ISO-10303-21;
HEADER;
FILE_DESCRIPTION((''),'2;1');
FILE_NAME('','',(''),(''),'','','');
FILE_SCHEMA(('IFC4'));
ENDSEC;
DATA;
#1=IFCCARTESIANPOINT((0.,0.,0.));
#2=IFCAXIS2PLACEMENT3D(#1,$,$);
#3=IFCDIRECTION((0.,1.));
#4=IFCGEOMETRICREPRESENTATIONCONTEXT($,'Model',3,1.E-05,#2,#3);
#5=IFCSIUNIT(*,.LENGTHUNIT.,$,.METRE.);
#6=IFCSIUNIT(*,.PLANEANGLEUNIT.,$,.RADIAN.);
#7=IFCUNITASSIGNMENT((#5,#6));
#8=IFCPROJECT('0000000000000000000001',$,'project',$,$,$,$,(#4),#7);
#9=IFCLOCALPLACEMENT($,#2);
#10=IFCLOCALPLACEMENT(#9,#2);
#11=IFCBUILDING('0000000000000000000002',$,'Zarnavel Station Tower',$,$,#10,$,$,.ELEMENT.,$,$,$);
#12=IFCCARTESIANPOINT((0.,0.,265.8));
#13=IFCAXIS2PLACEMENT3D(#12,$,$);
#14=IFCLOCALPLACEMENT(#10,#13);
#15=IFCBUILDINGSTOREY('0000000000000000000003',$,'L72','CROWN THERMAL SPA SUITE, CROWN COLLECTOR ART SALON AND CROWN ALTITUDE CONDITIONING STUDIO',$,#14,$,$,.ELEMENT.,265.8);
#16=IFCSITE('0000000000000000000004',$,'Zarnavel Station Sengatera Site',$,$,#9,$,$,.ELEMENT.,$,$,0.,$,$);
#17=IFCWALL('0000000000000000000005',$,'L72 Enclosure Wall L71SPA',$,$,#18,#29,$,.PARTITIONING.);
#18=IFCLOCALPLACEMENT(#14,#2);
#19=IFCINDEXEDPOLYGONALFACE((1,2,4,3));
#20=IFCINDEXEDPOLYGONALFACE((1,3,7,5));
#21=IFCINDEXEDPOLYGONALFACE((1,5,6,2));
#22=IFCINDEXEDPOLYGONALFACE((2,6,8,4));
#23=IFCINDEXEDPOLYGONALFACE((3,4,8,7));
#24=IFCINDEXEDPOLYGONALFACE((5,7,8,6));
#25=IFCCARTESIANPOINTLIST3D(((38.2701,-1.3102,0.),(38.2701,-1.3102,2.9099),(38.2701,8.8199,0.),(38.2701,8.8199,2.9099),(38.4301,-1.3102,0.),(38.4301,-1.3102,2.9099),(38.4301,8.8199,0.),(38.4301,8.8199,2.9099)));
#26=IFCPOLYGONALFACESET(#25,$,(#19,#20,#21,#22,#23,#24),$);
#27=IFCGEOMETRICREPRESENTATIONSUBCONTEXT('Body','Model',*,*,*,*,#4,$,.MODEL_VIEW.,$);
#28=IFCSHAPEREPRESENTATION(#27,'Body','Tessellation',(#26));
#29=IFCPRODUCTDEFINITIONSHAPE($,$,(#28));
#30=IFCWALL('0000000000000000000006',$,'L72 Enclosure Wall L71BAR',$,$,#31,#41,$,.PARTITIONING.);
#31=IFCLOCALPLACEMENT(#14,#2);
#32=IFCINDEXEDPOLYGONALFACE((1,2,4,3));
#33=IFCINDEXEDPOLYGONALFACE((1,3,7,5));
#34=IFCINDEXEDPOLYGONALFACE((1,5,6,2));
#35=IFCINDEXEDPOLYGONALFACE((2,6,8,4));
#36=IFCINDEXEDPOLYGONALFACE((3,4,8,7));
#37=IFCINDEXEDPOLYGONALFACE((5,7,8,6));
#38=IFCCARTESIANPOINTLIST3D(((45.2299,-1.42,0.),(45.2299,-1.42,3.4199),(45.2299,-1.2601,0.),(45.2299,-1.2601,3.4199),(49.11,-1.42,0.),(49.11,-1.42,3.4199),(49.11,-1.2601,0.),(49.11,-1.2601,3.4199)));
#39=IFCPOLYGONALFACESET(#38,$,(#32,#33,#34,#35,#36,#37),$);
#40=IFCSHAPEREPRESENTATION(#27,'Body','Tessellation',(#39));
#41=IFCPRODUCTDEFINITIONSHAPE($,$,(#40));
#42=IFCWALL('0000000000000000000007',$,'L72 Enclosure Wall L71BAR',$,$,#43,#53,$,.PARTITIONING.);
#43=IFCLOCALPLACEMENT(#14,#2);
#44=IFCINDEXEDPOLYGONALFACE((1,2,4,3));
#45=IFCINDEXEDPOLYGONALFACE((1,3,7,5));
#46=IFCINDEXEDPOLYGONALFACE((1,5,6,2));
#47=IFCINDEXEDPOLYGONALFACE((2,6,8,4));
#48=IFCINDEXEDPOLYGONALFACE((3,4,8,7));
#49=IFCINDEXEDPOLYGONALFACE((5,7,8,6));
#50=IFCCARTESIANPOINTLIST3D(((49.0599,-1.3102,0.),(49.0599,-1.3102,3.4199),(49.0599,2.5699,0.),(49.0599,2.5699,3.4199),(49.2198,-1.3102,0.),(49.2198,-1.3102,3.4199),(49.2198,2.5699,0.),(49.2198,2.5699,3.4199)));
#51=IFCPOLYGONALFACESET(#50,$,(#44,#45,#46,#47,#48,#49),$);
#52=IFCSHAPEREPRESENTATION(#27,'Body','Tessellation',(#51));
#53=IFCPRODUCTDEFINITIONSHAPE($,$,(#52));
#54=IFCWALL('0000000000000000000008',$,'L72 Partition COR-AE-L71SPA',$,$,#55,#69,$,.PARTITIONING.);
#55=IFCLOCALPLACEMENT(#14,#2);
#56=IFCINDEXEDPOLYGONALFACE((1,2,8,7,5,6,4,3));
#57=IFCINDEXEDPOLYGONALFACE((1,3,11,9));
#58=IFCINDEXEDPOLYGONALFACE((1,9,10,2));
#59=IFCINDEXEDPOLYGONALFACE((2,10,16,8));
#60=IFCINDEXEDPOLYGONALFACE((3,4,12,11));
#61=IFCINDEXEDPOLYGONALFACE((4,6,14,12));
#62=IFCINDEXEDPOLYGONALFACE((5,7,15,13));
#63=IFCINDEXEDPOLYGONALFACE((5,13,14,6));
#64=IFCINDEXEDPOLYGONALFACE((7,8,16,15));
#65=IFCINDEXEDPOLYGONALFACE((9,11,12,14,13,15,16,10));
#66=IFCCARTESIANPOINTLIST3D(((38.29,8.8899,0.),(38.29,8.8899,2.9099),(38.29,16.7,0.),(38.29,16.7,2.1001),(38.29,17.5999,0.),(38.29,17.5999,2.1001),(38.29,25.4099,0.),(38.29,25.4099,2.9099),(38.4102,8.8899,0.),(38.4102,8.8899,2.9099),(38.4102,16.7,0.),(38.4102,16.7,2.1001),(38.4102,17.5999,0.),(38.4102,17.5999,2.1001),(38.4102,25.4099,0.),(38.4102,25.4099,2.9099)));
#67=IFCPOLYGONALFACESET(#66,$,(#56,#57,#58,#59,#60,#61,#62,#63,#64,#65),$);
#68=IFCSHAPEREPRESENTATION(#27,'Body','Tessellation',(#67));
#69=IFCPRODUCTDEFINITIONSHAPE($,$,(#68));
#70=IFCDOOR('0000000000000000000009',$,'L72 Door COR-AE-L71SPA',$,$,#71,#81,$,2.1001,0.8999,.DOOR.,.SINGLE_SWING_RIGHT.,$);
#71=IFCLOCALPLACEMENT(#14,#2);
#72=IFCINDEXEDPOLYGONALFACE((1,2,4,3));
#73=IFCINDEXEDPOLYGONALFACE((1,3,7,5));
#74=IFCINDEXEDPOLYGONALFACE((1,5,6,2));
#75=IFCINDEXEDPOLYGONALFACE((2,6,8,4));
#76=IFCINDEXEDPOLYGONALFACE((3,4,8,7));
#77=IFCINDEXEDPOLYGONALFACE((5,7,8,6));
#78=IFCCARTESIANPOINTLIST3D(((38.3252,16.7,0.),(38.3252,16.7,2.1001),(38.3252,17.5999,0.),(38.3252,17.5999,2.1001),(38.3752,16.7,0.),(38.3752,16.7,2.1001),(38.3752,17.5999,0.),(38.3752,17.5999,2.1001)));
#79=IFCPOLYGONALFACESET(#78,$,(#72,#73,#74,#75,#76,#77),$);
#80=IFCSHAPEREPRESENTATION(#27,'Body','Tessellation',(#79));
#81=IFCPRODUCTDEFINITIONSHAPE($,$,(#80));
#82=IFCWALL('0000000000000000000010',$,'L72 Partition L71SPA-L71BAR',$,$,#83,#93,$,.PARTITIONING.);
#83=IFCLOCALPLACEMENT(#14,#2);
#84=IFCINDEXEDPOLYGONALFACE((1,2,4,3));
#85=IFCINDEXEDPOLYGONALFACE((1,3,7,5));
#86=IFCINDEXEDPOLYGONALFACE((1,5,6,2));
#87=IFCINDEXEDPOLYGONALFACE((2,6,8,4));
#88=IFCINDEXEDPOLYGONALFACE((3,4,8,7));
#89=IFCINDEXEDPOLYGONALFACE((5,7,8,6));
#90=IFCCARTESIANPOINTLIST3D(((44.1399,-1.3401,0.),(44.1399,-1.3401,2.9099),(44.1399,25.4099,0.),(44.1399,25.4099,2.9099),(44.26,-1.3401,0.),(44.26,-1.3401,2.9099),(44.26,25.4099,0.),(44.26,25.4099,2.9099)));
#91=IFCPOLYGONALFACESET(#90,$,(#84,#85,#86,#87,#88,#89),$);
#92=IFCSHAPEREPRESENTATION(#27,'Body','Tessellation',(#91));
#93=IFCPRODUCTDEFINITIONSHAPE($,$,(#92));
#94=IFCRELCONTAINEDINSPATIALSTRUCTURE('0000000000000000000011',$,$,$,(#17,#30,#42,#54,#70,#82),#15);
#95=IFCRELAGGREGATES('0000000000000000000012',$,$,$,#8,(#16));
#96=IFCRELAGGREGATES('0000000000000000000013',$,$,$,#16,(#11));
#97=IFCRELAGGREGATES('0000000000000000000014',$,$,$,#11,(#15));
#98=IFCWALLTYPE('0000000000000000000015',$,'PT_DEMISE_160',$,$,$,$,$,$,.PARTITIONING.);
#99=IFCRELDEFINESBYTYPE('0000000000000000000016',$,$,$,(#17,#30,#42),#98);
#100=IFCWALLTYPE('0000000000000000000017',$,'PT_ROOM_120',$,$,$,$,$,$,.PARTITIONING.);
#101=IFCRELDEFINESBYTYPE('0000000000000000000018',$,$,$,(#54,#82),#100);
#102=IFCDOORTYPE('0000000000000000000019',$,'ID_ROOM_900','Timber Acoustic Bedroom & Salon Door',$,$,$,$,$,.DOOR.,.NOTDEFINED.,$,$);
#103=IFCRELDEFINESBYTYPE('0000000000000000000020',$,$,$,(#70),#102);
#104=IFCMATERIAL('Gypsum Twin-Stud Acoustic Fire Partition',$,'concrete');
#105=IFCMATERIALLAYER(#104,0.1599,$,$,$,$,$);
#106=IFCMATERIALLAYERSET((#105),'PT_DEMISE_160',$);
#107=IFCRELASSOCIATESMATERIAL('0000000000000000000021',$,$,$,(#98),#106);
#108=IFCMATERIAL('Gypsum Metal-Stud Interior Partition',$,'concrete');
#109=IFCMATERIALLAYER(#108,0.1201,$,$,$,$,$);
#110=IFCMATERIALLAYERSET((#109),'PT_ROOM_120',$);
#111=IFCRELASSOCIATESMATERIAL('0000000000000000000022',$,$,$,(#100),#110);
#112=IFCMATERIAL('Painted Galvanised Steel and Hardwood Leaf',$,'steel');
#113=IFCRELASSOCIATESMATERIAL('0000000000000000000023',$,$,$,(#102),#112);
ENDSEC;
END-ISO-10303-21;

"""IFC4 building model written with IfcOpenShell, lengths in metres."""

from ifc_helpers import new_model, si_unit, direction, frame, frame_2d, origin, place, context, subcontext, project, spatial, rectangle, extrude, material, layer, layer_set, type_object, element, fill, save


model = new_model("IFC4")

# Units and contexts
model_context = context("Model", 3, precision=1e-05, world=origin(), true_north=direction((0.0, 1.0)))
body_context = subcontext(model_context, "Body", "Model", "MODEL_VIEW")
ifc_project = project(units=[si_unit("LENGTHUNIT", "METRE"), si_unit("PLANEANGLEUNIT", "RADIAN")], contexts=[model_context])

# Site, building, storey
site_placement = place(None, origin())
site = spatial("IfcSite", under=ifc_project, at=site_placement, Name="Zarnavel Station Sengatera Site", CompositionType="ELEMENT", RefElevation=0.0)
building_placement = place(site_placement, origin())
building = spatial("IfcBuilding", under=site, at=building_placement, Name="Zarnavel Station Tower", CompositionType="ELEMENT")
storey_placement = place(building_placement, frame((0.0, 0.0, 265.8)))
storey = spatial("IfcBuildingStorey", under=building, at=storey_placement, Name="L72", Description="CROWN THERMAL SPA SUITE, CROWN COLLECTOR ART SALON AND CROWN ALTITUDE CONDITIONING STUDIO", CompositionType="ELEMENT", Elevation=265.8)

# Walls
ifc_material_1 = material(Name="Gypsum Twin-Stud Acoustic Fire Partition", Category="concrete")
ifc_layer_1 = layer(ifc_material_1, 0.1599)
ifc_layer_set_1 = layer_set([ifc_layer_1], Name="PT_DEMISE_160")
wall_type_1 = type_object("IfcWallType", Name="PT_DEMISE_160", PredefinedType="PARTITIONING", material=ifc_layer_set_1)
wall_1_placement = place(storey_placement, frame((38.3501, -1.3101, 0.0), z_axis=(0.0, 0.0, 1.0), x_axis=(0.0, 1.0, 0.0)))
element("IfcWall", 1, at=wall_1_placement, inside=storey, type_object=wall_type_1, Name="L72 Enclosure Wall L71SPA", PredefinedType="PARTITIONING", context=body_context, shape_type="SweptSolid", body=[
    extrude(rectangle(XDim=10.1301, YDim=0.1599, at=frame_2d((5.0649, 0.0))), origin(), (0.0, 0.0, 1.0), 2.9099),
])
for number, where, z_axis, x_axis, name in (
    (2, (45.23, -1.3401, 0.0), (0.0, 0.0, 1.0), (1.0, 0.0, 0.0), "L72 Enclosure Wall L71BAR"),
    (3, (49.1399, -1.3101, 0.0), (0.0, 0.0, 1.0), (0.0, 1.0, 0.0), "L72 Enclosure Wall L71BAR"),
):
    element("IfcWall", number, at=place(storey_placement, frame(where, z_axis=z_axis, x_axis=x_axis)), inside=storey, type_object=wall_type_1, Name=name, PredefinedType="PARTITIONING", context=body_context, shape_type="SweptSolid", body=[
        extrude(rectangle(XDim=3.8801, YDim=0.1599, at=frame_2d((1.9399, 0.0))), origin(), (0.0, 0.0, 1.0), 3.4199),
    ])

# Wall, opening, door
ifc_material_2 = material(Name="Gypsum Metal-Stud Interior Partition", Category="concrete")
ifc_layer_2 = layer(ifc_material_2, 0.1201)
ifc_layer_set_2 = layer_set([ifc_layer_2], Name="PT_ROOM_120")
wall_type_2 = type_object("IfcWallType", Name="PT_ROOM_120", PredefinedType="PARTITIONING", material=ifc_layer_set_2)
wall_2_placement = place(storey_placement, frame((38.3501, 8.8899, 0.0), z_axis=(0.0, 0.0, 1.0), x_axis=(0.0, 1.0, 0.0)))
wall_2 = element("IfcWall", 4, at=wall_2_placement, inside=storey, type_object=wall_type_2, Name="L72 Partition COR-AE-L71SPA", PredefinedType="PARTITIONING", context=body_context, shape_type="SweptSolid", body=[
    extrude(rectangle(XDim=16.52, YDim=0.1201, at=frame_2d((8.26, 0.0))), origin(), (0.0, 0.0, 1.0), 2.9099),
])
opening_1_placement = place(wall_2_placement, frame((7.8101, 0.0, 0.0)))
opening_1 = element("IfcOpeningElement", 5, at=opening_1_placement, cuts=wall_2, PredefinedType="OPENING", context=body_context, shape_type="SweptSolid", body=[
    extrude(rectangle(XDim=0.8999, YDim=2.1001, at=frame_2d((0.45, 1.05))), frame((0.0, 0.0701, 0.0), z_axis=(0.0, -1.0, 0.0), x_axis=(1.0, 0.0, 0.0)), (0.0, 0.0, 1.0), 0.1401),
])
ifc_material_3 = material(Name="Painted Galvanised Steel and Hardwood Leaf", Category="steel")
door_type = type_object("IfcDoorType", Name="ID_ROOM_900", Description="Timber Acoustic Bedroom & Salon Door", OperationType="NOTDEFINED", PredefinedType="DOOR", material=ifc_material_3)
door_placement = place(opening_1_placement, origin())
door = element("IfcDoor", 6, at=door_placement, inside=storey, type_object=door_type, Name="L72 Door COR-AE-L71SPA", OperationType="SINGLE_SWING_RIGHT", OverallHeight=2.1001, OverallWidth=0.8999, PredefinedType="DOOR", context=body_context, shape_type="SweptSolid", body=[
    extrude(rectangle(XDim=0.8999, YDim=2.1001, at=frame_2d((0.45, 1.05))), frame((0.0, 0.0249, 0.0), z_axis=(0.0, -1.0, 0.0), x_axis=(1.0, 0.0, 0.0)), (0.0, 0.0, 1.0), 0.05),
])
fill(opening_1, door)

# Wall
wall_3_placement = place(storey_placement, frame((44.2, -1.3401, 0.0), z_axis=(0.0, 0.0, 1.0), x_axis=(0.0, 1.0, 0.0)))
element("IfcWall", 7, at=wall_3_placement, inside=storey, type_object=wall_type_2, Name="L72 Partition L71SPA-L71BAR", PredefinedType="PARTITIONING", context=body_context, shape_type="SweptSolid", body=[
    extrude(rectangle(XDim=26.75, YDim=0.1201, at=frame_2d((13.375, 0.0))), origin(), (0.0, 0.0, 1.0), 2.9099),
])

save(model, "model.ifc")
